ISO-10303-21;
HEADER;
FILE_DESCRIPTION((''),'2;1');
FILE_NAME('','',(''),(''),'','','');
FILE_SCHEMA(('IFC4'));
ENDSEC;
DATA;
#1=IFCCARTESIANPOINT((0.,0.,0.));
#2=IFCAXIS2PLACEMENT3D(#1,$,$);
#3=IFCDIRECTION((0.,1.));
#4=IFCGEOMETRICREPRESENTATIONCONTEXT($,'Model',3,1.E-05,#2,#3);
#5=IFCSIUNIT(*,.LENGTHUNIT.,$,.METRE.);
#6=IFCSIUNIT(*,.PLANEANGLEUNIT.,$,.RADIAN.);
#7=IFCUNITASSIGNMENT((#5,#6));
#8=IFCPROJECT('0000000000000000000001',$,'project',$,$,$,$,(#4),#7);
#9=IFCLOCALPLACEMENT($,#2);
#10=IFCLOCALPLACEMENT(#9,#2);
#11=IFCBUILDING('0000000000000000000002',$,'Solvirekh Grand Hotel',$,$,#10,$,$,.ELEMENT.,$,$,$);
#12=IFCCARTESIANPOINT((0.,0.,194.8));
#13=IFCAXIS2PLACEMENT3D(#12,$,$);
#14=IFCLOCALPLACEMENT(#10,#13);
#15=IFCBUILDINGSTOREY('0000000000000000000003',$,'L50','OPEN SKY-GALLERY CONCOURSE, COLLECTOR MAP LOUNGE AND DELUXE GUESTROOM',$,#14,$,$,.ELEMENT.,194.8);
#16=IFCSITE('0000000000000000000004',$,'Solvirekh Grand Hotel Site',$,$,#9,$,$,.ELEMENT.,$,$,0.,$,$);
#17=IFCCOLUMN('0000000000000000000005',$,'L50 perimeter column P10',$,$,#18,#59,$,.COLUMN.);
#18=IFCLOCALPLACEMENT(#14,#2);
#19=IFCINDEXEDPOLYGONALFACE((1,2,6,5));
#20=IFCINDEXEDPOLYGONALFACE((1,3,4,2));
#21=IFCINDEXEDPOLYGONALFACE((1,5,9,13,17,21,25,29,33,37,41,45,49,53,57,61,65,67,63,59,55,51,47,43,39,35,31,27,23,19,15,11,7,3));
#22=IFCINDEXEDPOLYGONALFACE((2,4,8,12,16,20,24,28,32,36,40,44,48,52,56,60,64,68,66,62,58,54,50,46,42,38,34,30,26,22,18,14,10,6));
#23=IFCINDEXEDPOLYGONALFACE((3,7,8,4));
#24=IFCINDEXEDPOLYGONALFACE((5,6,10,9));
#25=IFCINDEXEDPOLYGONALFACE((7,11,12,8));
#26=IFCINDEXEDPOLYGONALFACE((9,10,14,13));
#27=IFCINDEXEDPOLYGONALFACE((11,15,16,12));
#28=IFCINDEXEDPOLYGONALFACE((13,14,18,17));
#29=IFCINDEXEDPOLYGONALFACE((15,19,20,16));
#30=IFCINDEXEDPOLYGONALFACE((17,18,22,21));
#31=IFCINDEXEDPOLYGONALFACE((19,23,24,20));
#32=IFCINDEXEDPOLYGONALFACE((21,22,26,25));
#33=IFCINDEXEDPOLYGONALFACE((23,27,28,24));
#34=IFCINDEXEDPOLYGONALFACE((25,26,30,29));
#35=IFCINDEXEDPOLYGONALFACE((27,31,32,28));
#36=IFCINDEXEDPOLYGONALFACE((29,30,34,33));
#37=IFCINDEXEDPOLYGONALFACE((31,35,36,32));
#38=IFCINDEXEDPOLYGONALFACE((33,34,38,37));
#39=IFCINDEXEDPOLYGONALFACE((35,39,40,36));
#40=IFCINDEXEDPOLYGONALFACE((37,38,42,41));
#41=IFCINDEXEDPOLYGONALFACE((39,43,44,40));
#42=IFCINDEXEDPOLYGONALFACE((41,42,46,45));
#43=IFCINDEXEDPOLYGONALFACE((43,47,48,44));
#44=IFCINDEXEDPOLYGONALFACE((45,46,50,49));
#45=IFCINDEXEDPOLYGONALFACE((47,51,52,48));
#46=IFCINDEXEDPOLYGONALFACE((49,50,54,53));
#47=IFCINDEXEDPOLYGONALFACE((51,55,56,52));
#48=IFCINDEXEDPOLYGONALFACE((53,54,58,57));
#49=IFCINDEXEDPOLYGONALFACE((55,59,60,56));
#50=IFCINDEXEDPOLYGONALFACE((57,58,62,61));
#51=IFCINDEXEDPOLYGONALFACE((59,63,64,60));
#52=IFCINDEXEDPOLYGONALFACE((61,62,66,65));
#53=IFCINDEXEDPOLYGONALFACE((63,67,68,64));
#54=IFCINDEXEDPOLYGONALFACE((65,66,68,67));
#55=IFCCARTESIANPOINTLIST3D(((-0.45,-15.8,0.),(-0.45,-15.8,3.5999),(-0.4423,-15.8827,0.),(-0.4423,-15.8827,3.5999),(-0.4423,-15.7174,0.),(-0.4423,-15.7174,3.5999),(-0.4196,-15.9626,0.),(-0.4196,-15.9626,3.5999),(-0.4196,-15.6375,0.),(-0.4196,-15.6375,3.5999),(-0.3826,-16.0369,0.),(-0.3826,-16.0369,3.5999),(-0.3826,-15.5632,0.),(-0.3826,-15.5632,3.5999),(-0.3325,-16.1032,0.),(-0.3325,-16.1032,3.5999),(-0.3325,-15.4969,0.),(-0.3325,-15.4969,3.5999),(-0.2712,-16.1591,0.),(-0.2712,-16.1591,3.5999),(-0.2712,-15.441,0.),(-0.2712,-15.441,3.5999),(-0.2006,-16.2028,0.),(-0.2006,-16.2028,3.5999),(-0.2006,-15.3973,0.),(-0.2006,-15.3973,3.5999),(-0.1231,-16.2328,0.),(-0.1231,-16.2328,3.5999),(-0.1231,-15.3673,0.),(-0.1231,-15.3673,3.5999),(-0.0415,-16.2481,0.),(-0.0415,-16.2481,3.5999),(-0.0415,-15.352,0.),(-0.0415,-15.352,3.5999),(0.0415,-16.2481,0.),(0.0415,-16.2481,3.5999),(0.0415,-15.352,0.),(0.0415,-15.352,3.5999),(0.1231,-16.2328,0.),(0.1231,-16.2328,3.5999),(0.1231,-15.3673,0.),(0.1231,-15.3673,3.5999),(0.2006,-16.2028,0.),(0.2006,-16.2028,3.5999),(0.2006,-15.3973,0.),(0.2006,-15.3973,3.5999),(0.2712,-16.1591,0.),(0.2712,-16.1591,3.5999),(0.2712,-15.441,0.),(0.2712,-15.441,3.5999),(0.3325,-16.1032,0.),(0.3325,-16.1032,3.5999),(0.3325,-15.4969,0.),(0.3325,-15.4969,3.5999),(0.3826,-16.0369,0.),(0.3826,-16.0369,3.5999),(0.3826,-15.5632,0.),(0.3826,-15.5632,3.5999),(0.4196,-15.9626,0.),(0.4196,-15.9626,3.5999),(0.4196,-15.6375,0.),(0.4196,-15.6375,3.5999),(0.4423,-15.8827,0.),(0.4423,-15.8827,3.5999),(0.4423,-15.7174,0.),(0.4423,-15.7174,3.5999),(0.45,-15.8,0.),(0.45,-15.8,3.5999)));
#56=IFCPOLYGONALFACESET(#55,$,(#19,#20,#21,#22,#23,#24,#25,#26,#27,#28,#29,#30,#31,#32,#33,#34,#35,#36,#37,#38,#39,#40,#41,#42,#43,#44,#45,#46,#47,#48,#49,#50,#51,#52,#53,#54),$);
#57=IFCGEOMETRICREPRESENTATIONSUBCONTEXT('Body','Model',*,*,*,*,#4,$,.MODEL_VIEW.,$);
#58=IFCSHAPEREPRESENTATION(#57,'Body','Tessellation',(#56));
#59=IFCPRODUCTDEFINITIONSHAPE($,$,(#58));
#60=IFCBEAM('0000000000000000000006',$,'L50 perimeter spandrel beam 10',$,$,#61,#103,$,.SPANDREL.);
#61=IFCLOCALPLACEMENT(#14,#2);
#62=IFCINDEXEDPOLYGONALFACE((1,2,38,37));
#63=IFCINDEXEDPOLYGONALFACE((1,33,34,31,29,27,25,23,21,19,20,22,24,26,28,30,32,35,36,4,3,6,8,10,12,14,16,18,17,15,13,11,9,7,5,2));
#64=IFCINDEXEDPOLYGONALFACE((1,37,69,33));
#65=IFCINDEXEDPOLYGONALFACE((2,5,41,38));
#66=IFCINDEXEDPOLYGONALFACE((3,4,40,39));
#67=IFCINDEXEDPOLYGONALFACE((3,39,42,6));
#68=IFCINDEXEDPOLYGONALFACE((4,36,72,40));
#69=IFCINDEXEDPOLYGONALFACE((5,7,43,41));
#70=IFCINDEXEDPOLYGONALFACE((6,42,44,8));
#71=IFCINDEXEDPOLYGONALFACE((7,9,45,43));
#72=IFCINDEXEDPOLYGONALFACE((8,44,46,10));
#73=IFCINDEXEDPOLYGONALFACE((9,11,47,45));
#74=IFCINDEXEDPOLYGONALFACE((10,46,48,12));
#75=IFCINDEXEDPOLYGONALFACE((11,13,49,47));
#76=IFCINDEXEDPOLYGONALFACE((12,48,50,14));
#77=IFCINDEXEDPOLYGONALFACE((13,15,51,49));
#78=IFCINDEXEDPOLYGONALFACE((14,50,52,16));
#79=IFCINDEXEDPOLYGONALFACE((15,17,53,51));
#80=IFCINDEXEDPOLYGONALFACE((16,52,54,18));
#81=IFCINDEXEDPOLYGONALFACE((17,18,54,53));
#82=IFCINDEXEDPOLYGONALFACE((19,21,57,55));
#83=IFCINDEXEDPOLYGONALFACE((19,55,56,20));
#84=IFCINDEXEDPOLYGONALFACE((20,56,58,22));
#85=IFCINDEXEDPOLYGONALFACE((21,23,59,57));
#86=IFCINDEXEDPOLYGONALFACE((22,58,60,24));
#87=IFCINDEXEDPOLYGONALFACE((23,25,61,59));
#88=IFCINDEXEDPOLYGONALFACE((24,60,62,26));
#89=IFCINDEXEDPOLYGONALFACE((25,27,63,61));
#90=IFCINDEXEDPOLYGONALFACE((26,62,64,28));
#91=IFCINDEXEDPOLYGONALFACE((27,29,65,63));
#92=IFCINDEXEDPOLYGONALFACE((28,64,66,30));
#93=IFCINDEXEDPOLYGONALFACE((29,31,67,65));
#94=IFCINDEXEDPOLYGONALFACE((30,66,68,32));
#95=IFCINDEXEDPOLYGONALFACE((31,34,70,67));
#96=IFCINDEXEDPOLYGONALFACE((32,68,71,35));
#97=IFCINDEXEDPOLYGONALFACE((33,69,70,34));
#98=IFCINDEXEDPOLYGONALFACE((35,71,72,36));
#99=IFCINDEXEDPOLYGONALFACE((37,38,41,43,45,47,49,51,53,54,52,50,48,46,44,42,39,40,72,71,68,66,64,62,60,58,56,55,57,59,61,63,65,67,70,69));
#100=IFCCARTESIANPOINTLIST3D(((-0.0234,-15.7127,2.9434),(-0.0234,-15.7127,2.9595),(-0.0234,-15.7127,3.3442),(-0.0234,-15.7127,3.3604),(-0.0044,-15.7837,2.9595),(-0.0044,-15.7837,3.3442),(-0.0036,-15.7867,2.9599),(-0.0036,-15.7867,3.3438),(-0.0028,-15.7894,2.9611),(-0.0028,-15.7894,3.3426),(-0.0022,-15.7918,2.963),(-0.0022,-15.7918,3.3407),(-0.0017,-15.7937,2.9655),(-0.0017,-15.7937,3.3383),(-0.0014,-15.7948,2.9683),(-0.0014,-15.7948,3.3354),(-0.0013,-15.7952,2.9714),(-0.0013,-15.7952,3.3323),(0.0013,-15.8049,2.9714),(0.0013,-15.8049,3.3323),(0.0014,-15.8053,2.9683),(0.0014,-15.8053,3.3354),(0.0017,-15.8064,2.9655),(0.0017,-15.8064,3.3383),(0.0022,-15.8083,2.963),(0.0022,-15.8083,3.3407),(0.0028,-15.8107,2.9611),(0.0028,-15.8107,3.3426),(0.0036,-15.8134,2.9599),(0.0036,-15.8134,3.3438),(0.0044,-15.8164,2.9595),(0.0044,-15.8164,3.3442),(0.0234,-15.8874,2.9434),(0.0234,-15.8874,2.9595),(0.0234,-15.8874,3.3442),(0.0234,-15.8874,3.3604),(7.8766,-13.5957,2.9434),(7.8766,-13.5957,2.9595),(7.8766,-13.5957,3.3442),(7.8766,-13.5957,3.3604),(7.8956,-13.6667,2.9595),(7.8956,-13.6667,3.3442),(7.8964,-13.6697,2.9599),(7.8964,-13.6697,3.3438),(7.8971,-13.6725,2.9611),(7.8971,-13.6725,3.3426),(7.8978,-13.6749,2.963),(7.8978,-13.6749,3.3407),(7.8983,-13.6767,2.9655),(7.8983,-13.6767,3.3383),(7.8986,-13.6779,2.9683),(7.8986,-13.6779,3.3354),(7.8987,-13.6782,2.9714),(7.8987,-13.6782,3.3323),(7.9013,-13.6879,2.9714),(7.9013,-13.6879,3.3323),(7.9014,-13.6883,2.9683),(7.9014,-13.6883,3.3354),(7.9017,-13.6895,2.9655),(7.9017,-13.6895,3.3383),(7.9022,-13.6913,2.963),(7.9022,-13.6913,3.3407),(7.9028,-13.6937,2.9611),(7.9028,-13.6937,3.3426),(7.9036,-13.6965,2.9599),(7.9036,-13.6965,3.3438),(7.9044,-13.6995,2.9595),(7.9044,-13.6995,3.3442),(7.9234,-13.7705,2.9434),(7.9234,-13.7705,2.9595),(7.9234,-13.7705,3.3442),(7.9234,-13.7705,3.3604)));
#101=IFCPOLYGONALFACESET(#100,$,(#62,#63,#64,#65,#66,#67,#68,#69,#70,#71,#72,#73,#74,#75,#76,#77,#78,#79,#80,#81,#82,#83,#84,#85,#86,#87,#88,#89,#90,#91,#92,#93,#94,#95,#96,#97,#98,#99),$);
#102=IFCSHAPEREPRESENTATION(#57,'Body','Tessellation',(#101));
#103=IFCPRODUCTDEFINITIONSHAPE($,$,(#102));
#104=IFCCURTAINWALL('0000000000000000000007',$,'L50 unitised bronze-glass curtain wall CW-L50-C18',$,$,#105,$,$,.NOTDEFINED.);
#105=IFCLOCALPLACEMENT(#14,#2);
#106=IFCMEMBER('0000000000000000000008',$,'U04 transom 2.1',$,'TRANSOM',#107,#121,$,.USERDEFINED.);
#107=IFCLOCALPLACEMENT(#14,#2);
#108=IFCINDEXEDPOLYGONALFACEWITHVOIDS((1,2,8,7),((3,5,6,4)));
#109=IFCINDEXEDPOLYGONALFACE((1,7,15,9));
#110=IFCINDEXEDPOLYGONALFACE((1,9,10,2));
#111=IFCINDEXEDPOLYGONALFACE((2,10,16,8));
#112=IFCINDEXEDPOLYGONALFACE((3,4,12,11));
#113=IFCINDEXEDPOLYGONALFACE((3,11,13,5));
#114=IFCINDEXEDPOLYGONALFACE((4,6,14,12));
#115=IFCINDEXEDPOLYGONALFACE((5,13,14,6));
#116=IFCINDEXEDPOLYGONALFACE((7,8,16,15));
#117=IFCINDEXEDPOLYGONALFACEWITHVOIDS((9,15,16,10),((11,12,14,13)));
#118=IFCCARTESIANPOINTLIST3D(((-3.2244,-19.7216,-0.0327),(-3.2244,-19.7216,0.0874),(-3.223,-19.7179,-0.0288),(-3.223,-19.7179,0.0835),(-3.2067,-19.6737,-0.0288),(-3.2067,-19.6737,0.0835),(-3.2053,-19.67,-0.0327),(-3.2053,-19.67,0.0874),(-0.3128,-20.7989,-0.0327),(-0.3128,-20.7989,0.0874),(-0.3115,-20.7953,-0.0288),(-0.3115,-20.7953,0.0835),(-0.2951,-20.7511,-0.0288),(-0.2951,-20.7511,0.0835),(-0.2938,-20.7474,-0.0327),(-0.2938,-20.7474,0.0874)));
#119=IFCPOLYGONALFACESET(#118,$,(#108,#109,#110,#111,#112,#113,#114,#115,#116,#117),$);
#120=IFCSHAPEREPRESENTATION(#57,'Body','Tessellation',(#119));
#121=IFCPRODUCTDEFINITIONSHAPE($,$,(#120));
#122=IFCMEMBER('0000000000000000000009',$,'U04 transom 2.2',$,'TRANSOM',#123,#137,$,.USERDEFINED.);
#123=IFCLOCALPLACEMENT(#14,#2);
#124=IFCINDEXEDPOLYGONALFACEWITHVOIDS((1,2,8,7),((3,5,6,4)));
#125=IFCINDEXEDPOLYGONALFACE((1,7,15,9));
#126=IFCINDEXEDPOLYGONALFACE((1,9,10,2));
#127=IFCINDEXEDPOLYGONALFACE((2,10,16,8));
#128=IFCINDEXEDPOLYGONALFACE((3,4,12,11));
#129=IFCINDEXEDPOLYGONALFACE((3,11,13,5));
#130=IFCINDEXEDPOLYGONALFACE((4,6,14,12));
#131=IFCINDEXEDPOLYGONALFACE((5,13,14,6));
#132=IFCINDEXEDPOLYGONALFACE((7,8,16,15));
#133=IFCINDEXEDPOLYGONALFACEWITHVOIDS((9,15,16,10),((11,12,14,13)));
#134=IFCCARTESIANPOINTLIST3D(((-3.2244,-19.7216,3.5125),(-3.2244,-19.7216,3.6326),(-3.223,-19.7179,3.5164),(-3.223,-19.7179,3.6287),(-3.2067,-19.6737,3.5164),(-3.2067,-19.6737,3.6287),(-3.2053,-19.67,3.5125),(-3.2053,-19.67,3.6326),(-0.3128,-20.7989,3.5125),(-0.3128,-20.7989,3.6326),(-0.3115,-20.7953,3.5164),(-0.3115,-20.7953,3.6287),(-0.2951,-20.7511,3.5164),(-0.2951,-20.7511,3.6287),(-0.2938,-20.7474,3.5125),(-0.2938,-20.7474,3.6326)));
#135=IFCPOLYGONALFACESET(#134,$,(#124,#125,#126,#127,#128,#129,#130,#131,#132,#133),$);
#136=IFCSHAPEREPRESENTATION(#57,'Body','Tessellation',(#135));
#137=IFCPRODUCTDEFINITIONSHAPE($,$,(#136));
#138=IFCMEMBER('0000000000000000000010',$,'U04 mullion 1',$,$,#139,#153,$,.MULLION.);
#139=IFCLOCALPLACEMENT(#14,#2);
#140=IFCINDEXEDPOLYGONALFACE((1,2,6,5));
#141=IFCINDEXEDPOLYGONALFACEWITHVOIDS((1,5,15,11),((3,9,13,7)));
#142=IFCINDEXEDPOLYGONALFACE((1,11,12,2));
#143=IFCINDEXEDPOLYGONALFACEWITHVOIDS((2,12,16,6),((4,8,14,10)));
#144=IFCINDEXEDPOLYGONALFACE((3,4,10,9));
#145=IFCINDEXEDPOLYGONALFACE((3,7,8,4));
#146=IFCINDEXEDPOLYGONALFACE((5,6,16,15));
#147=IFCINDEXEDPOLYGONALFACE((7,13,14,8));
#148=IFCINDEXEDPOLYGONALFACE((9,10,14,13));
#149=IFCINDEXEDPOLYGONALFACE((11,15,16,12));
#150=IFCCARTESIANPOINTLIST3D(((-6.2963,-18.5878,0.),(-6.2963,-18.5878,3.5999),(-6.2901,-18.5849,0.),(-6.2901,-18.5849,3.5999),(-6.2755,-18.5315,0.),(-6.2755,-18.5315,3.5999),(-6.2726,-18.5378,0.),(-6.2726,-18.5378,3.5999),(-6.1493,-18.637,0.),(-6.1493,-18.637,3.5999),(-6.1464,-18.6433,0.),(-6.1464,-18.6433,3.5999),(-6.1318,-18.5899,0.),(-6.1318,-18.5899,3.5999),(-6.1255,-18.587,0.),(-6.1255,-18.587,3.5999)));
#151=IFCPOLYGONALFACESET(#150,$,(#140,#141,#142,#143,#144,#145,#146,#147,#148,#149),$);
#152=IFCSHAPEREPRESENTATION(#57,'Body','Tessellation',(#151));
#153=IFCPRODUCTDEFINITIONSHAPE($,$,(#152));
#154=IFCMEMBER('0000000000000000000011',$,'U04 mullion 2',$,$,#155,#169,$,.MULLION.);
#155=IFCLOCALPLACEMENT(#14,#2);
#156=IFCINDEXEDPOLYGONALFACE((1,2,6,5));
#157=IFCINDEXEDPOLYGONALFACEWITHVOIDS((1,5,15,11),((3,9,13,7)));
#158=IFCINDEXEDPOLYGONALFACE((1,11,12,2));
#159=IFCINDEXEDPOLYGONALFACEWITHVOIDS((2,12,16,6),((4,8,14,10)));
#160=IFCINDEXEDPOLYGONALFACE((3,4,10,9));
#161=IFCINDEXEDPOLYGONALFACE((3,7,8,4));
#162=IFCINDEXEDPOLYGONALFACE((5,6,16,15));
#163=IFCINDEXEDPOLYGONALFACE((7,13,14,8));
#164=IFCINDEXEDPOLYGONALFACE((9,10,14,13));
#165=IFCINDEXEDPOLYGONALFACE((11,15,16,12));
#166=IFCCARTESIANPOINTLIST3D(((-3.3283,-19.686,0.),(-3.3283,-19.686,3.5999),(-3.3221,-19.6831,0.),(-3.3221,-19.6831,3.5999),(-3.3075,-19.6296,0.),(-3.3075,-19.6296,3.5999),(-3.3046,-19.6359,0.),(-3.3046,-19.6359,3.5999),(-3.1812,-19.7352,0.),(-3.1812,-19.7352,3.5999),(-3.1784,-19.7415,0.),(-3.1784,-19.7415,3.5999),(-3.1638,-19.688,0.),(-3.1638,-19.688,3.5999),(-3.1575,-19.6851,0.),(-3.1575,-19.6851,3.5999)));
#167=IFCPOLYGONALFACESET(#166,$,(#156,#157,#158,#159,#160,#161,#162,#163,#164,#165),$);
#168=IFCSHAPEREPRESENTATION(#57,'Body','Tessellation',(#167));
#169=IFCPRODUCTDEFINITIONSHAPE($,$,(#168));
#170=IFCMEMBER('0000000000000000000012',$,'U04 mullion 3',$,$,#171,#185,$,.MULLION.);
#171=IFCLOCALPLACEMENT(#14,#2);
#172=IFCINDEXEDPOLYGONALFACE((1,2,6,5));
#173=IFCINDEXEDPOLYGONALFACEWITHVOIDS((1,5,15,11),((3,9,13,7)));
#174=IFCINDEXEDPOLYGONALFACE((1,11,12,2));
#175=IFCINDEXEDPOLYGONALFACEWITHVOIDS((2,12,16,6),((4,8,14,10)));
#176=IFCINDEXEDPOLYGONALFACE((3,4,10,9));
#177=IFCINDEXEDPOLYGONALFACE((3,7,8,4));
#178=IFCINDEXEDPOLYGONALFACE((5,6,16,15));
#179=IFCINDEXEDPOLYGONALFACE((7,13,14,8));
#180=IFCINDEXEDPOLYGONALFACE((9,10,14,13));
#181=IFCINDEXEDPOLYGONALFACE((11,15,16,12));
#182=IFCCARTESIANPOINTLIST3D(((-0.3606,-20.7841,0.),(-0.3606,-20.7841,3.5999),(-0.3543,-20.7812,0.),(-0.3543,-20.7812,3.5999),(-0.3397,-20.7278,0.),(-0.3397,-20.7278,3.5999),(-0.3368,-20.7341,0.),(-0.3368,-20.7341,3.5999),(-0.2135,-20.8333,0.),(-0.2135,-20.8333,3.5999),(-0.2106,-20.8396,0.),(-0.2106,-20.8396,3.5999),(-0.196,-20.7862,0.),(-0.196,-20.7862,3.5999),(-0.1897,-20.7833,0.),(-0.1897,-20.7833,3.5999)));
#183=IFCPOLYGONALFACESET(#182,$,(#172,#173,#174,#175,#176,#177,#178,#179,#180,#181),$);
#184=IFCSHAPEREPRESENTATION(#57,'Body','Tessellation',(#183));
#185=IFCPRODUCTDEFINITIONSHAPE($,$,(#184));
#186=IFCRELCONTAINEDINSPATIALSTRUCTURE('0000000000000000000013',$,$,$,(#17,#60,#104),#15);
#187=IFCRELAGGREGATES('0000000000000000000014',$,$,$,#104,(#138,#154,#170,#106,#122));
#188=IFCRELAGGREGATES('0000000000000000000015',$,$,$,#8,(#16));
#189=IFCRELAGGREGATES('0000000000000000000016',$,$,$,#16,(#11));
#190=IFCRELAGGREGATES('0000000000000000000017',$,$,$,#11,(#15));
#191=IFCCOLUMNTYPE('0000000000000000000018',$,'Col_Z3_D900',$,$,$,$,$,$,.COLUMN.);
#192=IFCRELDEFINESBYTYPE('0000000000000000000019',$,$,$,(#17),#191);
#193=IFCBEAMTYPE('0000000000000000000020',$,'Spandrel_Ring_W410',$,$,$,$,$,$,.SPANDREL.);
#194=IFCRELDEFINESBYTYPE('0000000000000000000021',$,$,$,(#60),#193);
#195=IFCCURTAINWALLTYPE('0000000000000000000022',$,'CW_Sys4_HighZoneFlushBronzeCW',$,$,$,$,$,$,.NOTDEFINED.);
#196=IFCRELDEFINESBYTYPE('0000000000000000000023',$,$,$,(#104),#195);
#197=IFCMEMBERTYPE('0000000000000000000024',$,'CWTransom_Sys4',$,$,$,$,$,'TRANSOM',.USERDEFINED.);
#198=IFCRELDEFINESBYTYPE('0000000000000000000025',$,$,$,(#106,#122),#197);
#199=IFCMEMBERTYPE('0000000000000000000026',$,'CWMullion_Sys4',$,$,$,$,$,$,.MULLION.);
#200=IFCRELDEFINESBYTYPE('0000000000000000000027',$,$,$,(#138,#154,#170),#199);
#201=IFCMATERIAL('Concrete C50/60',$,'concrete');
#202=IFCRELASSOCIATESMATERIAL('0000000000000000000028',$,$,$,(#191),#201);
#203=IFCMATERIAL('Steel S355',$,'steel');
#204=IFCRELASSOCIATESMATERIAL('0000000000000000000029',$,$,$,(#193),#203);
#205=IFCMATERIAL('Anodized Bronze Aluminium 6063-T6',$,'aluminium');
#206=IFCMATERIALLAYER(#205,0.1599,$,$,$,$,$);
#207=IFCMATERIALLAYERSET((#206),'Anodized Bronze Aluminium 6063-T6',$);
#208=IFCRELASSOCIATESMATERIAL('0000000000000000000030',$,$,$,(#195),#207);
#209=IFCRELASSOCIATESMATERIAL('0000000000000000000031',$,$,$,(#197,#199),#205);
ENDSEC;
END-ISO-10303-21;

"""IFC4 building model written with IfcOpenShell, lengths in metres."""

from ifc_helpers import new_model, si_unit, direction, frame, origin, origin_2d, place, context, subcontext, project, spatial, hollow_rectangle, circle, i_section, extrude, source, transform, mapped, material, layer, layer_set, material_profile, profile_set, type_object, element, aggregate, save


model = new_model("IFC4")

# Units and contexts
model_context = context("Model", 3, precision=1e-05, world=origin(), true_north=direction((0.0, 1.0)))
body_context = subcontext(model_context, "Body", "Model", "MODEL_VIEW")
ifc_project = project(units=[si_unit("LENGTHUNIT", "METRE"), si_unit("PLANEANGLEUNIT", "RADIAN")], contexts=[model_context])

# Site, building, storey
site_placement = place(None, origin())
site = spatial("IfcSite", under=ifc_project, at=site_placement, Name="Solvirekh Grand Hotel Site", CompositionType="ELEMENT", RefElevation=0.0)
building_placement = place(site_placement, origin())
building = spatial("IfcBuilding", under=site, at=building_placement, Name="Solvirekh Grand Hotel", CompositionType="ELEMENT")
storey_placement = place(building_placement, frame((0.0, 0.0, 194.8)))
storey = spatial("IfcBuildingStorey", under=building, at=storey_placement, Name="L50", Description="OPEN SKY-GALLERY CONCOURSE, COLLECTOR MAP LOUNGE AND DELUXE GUESTROOM", CompositionType="ELEMENT", Elevation=194.8)

# Column
ifc_material_1 = material(Name="Concrete C50/60", Category="concrete")
ifc_material_profile_1 = material_profile(ifc_material_1, circle(Radius=0.45, at=origin_2d()), Name="RC CIRC D900")
ifc_profile_set_1 = profile_set([ifc_material_profile_1], Name="Concrete C50/60")
column_type = type_object("IfcColumnType", Name="Col_Z3_D900", PredefinedType="COLUMN", material=ifc_profile_set_1)
column_placement = place(storey_placement, frame((0.0, -15.8, 0.0), z_axis=(0.0, 0.0, 1.0), x_axis=(1.0, 0.0, 0.0)))
element("IfcColumn", 1, at=column_placement, inside=storey, type_object=column_type, Name="L50 perimeter column P10", PredefinedType="COLUMN", context=body_context, shape_type="SweptSolid", body=[
    extrude(circle(Radius=0.45, at=origin_2d()), origin(), (0.0, 0.0, 1.0), 3.5999),
])

# Beam
ifc_material_2 = material(Name="Steel S355", Category="steel")
ifc_material_profile_2 = material_profile(ifc_material_2, i_section(OverallWidth=0.1809, OverallDepth=0.417, WebThickness=0.01, FlangeThickness=0.0161, FilletRadius=0.012, at=origin_2d()), Name="W410X85")
ifc_profile_set_2 = profile_set([ifc_material_profile_2], Name="Steel S355")
beam_type = type_object("IfcBeamType", Name="Spandrel_Ring_W410", PredefinedType="SPANDREL", material=ifc_profile_set_2)
beam_placement = place(storey_placement, frame((0.0, -15.8, 3.1519), z_axis=(0.965921, 0.258839, 0.0), x_axis=(-0.258839, 0.965921, 0.0)))
element("IfcBeam", 2, at=beam_placement, inside=storey, type_object=beam_type, Name="L50 perimeter spandrel beam 10", PredefinedType="SPANDREL", context=body_context, shape_type="SweptSolid", body=[
    extrude(i_section(OverallWidth=0.1809, OverallDepth=0.417, WebThickness=0.01, FlangeThickness=0.0161, FilletRadius=0.012, at=origin_2d()), origin(), (0.0, 0.0, 1.0), 8.1787),
])

# Curtain wall, members
ifc_material_3 = material(Name="Anodized Bronze Aluminium 6063-T6", Category="aluminium")
ifc_layer_1 = layer(ifc_material_3, 0.1599)
ifc_layer_set_1 = layer_set([ifc_layer_1], Name="Anodized Bronze Aluminium 6063-T6")
curtain_wall_type = type_object("IfcCurtainWallType", Name="CW_Sys4_HighZoneFlushBronzeCW", PredefinedType="NOTDEFINED", material=ifc_layer_set_1)
curtain_wall_placement = place(storey_placement, origin())
curtain_wall = element("IfcCurtainWall", 3, at=curtain_wall_placement, inside=storey, type_object=curtain_wall_type, Name="L50 unitised bronze-glass curtain wall CW-L50-C18", PredefinedType="NOTDEFINED")
ifc_material_profile_3 = material_profile(ifc_material_3, hollow_rectangle(XDim=0.0549, YDim=0.1201, WallThickness=0.0039, at=origin_2d()), Name="ALU RHS 120X55X4")
ifc_profile_set_3 = profile_set([ifc_material_profile_3], Name="Anodized Bronze Aluminium 6063-T6")
member_type_1 = type_object("IfcMemberType", Name="CWTransom_Sys4", ElementType="TRANSOM", PredefinedType="USERDEFINED", material=ifc_profile_set_3)
shared_shape_1 = source(origin(), body_context, "Body", "SweptSolid", [
    extrude(hollow_rectangle(XDim=0.0549, YDim=0.1201, WallThickness=0.0039, at=origin_2d()), origin(), (0.0, 0.0, 1.0), 3.1045),
])
member_1_placement = place(storey_placement, frame((-3.2148, -19.6958, 0.0273), z_axis=(0.937852, -0.347035, 0.0), x_axis=(0.347035, 0.937852, 0.0)))
member_1 = element("IfcMember", 4, at=member_1_placement, type_object=member_type_1, Name="U04 transom 2.1", ObjectType="TRANSOM", PredefinedType="USERDEFINED", context=body_context, shape_type="MappedRepresentation", body=[
    mapped(shared_shape_1, transform((0.0, 0.0, 0.0), x_axis=(1.0, 0.0, 0.0), y_axis=(0.0, 1.0, 0.0), z_axis=(0.0, 0.0, 1.0), scale=1.0)),
])
member_2_placement = place(storey_placement, frame((-3.2148, -19.6958, 3.5725), z_axis=(0.937852, -0.347035, 0.0), x_axis=(0.347035, 0.937852, 0.0)))
member_2 = element("IfcMember", 5, at=member_2_placement, type_object=member_type_1, Name="U04 transom 2.2", ObjectType="TRANSOM", PredefinedType="USERDEFINED", context=body_context, shape_type="MappedRepresentation", body=[
    mapped(shared_shape_1, transform((0.0, 0.0, 0.0), x_axis=(1.0, 0.0, 0.0), y_axis=(0.0, 1.0, 0.0), z_axis=(0.0, 0.0, 1.0), scale=1.0)),
])
ifc_material_profile_4 = material_profile(ifc_material_3, hollow_rectangle(XDim=0.0601, YDim=0.1599, WallThickness=0.0049, at=origin_2d()), Name="ALU RHS 160X60X5")
ifc_profile_set_4 = profile_set([ifc_material_profile_4], Name="Anodized Bronze Aluminium 6063-T6")
member_type_2 = type_object("IfcMemberType", Name="CWMullion_Sys4", PredefinedType="MULLION", material=ifc_profile_set_4)
shared_shape_2 = source(origin(), body_context, "Body", "SweptSolid", [
    extrude(hollow_rectangle(XDim=0.0601, YDim=0.1599, WallThickness=0.0049, at=origin_2d()), origin(), (0.0, 0.0, 1.0), 3.5999),
])
member_3_placement = place(storey_placement, frame((-6.2109, -18.5874, 0.0), z_axis=(0.0, 0.0, 1.0), x_axis=(0.347003, 0.937864, 0.0)))
member_3 = element("IfcMember", 6, at=member_3_placement, type_object=member_type_2, Name="U04 mullion 1", PredefinedType="MULLION", context=body_context, shape_type="MappedRepresentation", body=[
    mapped(shared_shape_2, transform((0.0, 0.0, 0.0), x_axis=(1.0, 0.0, 0.0), y_axis=(0.0, 1.0, 0.0), z_axis=(0.0, 0.0, 1.0), scale=1.0)),
])
member_4_placement = place(storey_placement, frame((-3.2429, -19.6855, 0.0), z_axis=(0.0, 0.0, 1.0), x_axis=(0.347003, 0.937864, 0.0)))
member_4 = element("IfcMember", 7, at=member_4_placement, type_object=member_type_2, Name="U04 mullion 2", PredefinedType="MULLION", context=body_context, shape_type="MappedRepresentation", body=[
    mapped(shared_shape_2, transform((0.0, 0.0, 0.0), x_axis=(1.0, 0.0, 0.0), y_axis=(0.0, 1.0, 0.0), z_axis=(0.0, 0.0, 1.0), scale=1.0)),
])
member_5_placement = place(storey_placement, frame((-0.2751, -20.7837, 0.0), z_axis=(0.0, 0.0, 1.0), x_axis=(0.347003, 0.937864, 0.0)))
member_5 = element("IfcMember", 8, at=member_5_placement, type_object=member_type_2, Name="U04 mullion 3", PredefinedType="MULLION", context=body_context, shape_type="MappedRepresentation", body=[
    mapped(shared_shape_2, transform((0.0, 0.0, 0.0), x_axis=(1.0, 0.0, 0.0), y_axis=(0.0, 1.0, 0.0), z_axis=(0.0, 0.0, 1.0), scale=1.0)),
])
aggregate(curtain_wall, [member_3, member_4, member_5, member_1, member_2])

save(model, "model.ifc")
